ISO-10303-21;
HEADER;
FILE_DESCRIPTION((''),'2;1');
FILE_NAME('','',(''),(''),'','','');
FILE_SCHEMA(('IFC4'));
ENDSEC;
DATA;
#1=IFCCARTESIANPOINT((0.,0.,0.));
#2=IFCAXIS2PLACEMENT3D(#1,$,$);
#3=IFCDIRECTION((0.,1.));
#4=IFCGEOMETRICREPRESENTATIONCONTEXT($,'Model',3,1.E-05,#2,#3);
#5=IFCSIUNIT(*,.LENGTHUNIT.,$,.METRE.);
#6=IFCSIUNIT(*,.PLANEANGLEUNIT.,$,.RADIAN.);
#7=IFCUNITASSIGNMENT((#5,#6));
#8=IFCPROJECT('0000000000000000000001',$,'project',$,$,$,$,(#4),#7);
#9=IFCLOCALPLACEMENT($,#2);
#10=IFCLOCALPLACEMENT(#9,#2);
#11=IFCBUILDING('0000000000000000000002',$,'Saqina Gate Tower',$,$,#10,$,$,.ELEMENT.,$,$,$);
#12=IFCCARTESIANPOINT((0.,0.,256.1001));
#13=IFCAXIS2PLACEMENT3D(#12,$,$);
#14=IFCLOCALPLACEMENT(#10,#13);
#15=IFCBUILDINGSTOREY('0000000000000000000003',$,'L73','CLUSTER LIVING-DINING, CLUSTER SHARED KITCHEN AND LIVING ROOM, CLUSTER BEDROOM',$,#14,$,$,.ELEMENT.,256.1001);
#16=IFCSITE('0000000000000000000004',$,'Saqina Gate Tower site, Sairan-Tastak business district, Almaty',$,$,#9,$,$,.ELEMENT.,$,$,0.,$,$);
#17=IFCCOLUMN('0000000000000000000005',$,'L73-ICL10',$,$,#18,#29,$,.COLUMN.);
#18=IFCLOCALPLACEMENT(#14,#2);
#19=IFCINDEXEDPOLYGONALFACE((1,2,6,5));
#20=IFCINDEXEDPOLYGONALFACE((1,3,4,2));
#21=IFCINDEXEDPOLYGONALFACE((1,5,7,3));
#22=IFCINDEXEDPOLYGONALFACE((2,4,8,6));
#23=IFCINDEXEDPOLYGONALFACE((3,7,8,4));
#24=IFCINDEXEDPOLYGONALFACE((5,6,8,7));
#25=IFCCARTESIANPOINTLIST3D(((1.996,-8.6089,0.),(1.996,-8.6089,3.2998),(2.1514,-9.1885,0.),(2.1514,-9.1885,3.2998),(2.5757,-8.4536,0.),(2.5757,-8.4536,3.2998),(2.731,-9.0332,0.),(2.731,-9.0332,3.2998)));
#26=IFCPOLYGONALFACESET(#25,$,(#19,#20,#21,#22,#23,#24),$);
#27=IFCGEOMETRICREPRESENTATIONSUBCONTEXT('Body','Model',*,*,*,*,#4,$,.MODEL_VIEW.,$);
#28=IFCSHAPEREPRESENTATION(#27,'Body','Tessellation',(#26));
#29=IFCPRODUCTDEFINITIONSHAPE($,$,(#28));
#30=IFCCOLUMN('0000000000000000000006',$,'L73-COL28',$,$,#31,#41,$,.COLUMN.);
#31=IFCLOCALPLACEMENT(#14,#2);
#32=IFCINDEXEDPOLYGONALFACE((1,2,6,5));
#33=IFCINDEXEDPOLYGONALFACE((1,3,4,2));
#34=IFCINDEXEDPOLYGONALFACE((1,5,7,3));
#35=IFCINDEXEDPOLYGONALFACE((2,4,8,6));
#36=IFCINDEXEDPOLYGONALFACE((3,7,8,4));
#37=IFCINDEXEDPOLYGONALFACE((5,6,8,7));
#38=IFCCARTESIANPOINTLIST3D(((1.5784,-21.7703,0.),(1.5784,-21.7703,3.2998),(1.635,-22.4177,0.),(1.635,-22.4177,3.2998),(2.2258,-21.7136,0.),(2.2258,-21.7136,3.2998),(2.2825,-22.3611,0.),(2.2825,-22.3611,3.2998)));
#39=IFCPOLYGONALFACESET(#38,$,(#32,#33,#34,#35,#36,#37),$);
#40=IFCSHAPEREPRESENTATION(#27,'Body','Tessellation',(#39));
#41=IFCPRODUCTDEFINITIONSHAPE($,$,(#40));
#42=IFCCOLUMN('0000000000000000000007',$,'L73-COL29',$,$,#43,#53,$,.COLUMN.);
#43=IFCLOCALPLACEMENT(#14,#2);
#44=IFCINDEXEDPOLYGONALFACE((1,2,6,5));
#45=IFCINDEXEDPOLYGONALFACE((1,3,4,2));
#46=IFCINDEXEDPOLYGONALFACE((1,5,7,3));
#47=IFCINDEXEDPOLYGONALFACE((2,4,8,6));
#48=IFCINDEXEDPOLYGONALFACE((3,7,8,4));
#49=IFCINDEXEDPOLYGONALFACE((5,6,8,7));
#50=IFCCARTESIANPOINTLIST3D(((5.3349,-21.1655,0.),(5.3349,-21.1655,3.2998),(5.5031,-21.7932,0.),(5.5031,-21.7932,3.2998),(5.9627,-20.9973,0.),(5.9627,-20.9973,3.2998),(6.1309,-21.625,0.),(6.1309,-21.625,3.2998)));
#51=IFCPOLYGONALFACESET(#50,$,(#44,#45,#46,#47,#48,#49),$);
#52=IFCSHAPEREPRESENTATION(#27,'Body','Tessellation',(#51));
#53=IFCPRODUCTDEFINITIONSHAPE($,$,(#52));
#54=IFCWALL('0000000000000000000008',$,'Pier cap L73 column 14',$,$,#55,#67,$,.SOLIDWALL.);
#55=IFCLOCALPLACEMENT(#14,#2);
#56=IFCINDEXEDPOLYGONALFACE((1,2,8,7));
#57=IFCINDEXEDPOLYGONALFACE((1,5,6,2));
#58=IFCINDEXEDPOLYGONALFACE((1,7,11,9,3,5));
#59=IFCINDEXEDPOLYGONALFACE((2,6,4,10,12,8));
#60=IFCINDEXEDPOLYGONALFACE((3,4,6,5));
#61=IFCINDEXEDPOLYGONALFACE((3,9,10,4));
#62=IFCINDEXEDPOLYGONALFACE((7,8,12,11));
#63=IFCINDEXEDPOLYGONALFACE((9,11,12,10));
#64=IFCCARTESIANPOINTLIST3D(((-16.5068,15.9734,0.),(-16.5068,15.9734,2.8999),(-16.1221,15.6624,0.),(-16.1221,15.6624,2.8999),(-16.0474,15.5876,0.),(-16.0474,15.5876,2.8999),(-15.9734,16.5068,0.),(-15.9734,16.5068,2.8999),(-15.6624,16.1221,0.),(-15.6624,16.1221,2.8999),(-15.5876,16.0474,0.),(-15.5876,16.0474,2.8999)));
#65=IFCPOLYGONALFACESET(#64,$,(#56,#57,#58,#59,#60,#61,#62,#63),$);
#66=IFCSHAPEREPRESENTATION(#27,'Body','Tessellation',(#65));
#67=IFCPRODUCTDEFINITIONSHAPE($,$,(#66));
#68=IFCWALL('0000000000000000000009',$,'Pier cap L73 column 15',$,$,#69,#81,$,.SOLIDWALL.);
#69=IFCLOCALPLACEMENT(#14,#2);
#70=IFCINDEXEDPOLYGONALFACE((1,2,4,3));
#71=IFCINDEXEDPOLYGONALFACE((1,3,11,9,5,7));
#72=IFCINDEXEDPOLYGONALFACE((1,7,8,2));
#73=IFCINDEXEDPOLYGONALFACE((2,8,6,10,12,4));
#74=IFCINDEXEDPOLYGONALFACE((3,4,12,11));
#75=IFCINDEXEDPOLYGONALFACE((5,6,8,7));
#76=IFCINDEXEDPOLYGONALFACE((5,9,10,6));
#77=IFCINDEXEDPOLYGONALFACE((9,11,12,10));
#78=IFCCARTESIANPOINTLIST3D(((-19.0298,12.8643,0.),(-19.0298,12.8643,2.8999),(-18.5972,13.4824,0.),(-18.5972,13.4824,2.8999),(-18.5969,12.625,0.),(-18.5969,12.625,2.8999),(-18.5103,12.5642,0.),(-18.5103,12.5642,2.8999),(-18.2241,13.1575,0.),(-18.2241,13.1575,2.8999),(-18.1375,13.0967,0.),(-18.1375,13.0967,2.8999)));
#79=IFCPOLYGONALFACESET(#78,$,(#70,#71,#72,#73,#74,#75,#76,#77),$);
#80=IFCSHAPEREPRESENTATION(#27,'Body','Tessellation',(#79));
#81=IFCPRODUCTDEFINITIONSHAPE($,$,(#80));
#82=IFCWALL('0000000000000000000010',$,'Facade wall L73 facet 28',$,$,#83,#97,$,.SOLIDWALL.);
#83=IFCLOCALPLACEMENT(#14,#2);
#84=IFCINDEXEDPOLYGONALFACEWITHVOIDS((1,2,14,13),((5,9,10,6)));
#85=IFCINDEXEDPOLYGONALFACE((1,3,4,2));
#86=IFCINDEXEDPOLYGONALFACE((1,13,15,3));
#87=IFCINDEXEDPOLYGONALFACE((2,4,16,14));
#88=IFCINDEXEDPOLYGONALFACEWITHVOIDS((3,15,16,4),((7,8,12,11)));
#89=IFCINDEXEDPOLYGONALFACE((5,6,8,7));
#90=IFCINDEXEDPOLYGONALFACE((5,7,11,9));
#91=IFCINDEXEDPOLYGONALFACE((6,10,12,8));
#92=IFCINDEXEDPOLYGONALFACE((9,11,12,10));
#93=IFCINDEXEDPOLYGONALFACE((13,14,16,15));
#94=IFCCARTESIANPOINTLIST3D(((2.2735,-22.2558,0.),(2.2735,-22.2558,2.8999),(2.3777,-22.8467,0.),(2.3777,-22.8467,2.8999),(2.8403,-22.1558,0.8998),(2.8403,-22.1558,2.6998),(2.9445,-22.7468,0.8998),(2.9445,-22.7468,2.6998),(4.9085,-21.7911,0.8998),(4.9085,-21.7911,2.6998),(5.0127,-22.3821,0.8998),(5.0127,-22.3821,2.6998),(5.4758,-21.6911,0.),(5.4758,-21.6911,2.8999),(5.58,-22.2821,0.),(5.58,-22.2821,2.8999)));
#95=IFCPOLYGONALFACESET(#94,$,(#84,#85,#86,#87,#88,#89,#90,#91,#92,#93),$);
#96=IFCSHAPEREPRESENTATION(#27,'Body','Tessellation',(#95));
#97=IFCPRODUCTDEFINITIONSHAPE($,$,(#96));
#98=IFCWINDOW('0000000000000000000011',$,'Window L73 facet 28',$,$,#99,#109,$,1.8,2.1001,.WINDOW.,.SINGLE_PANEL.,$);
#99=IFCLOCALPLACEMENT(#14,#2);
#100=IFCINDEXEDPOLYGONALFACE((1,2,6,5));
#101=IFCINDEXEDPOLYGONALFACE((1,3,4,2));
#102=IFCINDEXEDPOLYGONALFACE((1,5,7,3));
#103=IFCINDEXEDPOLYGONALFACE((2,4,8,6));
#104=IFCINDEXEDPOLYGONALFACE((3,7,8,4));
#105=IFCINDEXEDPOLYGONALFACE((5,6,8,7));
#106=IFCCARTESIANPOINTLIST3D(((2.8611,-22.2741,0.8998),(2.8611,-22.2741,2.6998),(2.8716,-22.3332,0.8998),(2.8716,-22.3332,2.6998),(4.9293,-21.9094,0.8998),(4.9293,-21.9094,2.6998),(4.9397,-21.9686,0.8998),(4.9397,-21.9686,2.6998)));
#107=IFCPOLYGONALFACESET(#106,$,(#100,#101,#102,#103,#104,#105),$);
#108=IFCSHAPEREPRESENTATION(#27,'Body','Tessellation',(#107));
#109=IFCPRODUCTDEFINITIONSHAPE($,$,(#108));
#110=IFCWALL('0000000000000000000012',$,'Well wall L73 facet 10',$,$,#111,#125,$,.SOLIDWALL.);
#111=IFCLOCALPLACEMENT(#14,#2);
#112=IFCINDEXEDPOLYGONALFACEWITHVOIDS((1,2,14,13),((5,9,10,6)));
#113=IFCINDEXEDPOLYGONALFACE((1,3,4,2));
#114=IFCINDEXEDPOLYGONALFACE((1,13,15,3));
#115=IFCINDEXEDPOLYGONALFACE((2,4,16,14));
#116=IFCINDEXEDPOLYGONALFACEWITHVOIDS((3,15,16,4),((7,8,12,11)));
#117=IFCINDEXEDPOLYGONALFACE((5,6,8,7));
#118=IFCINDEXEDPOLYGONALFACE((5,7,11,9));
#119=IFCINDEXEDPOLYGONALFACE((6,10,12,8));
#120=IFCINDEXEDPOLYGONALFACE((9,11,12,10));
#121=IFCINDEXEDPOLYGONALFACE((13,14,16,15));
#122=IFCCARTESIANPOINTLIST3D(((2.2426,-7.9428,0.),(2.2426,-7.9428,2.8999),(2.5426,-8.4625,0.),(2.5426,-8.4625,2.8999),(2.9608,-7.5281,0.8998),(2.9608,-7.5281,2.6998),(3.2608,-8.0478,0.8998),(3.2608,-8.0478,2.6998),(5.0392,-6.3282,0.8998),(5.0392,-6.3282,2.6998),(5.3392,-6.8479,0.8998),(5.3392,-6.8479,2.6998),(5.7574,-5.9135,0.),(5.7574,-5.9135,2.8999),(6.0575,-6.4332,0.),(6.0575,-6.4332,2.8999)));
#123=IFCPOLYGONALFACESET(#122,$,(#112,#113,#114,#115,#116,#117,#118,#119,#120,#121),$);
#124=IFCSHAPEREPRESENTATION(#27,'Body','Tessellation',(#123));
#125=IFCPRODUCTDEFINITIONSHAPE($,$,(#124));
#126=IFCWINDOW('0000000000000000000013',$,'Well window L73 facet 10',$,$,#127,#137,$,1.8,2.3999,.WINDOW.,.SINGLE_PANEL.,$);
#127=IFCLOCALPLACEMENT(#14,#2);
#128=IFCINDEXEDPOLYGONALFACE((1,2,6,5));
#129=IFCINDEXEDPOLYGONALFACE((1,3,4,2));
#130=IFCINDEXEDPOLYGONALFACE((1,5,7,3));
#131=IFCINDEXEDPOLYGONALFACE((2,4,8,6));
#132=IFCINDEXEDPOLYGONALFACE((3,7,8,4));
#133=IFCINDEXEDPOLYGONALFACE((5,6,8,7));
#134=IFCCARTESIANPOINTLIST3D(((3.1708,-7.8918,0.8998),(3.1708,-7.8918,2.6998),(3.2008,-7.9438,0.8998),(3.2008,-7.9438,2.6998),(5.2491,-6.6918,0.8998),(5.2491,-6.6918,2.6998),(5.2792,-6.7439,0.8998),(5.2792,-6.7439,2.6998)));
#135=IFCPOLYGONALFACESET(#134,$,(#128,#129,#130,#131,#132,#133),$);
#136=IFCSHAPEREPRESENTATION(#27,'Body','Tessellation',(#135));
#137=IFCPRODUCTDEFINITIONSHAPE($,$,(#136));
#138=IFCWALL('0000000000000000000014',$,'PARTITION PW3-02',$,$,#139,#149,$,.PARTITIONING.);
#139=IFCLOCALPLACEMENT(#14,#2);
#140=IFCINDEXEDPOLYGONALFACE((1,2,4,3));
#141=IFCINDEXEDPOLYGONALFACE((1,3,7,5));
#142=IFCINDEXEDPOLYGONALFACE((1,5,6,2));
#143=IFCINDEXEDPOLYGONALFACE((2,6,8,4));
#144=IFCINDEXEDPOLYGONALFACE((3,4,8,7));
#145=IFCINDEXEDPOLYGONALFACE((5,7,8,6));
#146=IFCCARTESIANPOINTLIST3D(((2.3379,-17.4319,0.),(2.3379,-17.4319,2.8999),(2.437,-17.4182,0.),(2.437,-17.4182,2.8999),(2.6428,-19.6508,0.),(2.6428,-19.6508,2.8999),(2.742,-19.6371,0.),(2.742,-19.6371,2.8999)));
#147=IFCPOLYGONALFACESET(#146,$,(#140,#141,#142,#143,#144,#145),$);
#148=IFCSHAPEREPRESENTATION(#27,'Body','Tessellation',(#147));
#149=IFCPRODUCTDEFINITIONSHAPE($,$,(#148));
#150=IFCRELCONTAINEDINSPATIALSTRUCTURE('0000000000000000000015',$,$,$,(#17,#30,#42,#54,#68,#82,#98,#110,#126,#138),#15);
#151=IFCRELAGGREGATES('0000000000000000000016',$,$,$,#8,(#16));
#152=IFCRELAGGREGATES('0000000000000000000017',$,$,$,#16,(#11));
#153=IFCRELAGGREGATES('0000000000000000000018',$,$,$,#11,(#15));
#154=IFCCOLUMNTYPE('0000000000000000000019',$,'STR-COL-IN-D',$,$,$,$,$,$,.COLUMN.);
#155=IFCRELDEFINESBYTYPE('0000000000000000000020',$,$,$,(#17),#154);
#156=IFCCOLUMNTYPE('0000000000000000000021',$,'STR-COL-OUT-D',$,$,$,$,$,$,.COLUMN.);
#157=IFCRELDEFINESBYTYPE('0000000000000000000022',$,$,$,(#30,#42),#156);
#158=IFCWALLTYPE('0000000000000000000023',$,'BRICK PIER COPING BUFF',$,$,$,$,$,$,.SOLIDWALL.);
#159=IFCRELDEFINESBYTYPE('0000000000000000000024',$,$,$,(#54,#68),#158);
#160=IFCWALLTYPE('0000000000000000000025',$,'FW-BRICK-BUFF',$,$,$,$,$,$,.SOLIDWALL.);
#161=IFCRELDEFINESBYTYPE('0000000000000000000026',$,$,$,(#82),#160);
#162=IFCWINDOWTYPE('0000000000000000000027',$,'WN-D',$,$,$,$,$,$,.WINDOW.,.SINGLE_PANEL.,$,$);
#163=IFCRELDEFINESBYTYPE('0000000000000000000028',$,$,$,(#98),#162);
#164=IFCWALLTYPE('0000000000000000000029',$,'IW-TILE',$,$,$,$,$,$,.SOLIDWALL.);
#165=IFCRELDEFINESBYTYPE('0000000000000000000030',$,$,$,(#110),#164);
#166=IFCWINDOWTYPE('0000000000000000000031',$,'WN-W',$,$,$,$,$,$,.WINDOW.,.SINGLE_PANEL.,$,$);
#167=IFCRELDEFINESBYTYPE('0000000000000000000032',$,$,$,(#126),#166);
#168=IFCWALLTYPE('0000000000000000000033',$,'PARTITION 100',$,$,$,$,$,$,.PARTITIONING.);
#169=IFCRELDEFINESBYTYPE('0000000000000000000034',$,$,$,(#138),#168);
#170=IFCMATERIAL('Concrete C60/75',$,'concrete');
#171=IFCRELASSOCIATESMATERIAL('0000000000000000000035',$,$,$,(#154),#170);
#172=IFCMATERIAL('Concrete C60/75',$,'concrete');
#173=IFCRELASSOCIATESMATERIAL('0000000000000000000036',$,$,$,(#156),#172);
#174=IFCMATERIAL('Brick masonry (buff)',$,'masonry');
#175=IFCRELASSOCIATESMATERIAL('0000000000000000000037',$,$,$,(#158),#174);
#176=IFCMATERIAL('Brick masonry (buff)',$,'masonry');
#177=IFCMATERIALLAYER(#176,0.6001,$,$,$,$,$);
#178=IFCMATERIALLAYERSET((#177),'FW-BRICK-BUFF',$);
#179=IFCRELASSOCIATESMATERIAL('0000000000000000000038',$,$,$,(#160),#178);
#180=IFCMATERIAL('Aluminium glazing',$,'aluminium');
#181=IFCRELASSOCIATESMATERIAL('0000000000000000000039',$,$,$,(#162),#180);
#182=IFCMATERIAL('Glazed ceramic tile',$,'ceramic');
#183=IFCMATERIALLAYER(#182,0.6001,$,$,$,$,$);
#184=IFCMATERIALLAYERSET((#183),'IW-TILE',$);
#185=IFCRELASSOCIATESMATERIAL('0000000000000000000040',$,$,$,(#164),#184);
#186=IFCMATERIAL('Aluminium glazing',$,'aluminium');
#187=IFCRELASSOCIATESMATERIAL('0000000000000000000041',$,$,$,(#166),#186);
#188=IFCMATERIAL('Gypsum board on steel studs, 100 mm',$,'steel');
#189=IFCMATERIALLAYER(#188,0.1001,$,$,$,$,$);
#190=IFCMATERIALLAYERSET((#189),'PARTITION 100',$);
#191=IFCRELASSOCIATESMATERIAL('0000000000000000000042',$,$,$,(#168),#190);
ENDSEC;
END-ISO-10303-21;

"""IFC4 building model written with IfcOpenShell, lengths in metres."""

from ifc_helpers import new_model, si_unit, direction, frame, frame_2d, origin, origin_2d, place, context, subcontext, project, spatial, polyline, rectangle, outline, extrude, material, layer, layer_set, material_profile, profile_set, type_object, element, fill, save


model = new_model("IFC4")

# Units and contexts
model_context = context("Model", 3, precision=1e-05, world=origin(), true_north=direction((0.0, 1.0)))
body_context = subcontext(model_context, "Body", "Model", "MODEL_VIEW")
ifc_project = project(units=[si_unit("LENGTHUNIT", "METRE"), si_unit("PLANEANGLEUNIT", "RADIAN")], contexts=[model_context])

# Site, building, storey
site_placement = place(None, origin())
site = spatial("IfcSite", under=ifc_project, at=site_placement, Name="Saqina Gate Tower site, Sairan-Tastak business district, Almaty", CompositionType="ELEMENT", RefElevation=0.0)
building_placement = place(site_placement, origin())
building = spatial("IfcBuilding", under=site, at=building_placement, Name="Saqina Gate Tower", CompositionType="ELEMENT")
storey_placement = place(building_placement, frame((0.0, 0.0, 256.1001)))
storey = spatial("IfcBuildingStorey", under=building, at=storey_placement, Name="L73", Description="CLUSTER LIVING-DINING, CLUSTER SHARED KITCHEN AND LIVING ROOM, CLUSTER BEDROOM", CompositionType="ELEMENT", Elevation=256.1001)

# Columns
ifc_material_1 = material(Name="Concrete C60/75", Category="concrete")
ifc_material_profile_1 = material_profile(ifc_material_1, rectangle(XDim=0.6001, YDim=0.6001, at=origin_2d()), Name="RC 600x600")
ifc_profile_set_1 = profile_set([ifc_material_profile_1], Name="Concrete C60/75")
column_type_1 = type_object("IfcColumnType", Name="STR-COL-IN-D", PredefinedType="COLUMN", material=ifc_profile_set_1)
column_placement = place(storey_placement, frame((2.3635, -8.821, 0.0), z_axis=(0.0, 0.0, 1.0), x_axis=(0.258819, -0.965926, 0.0)))
element("IfcColumn", 1, at=column_placement, inside=storey, type_object=column_type_1, Name="L73-ICL10", PredefinedType="COLUMN", context=body_context, shape_type="SweptSolid", body=[
    extrude(rectangle(XDim=0.6001, YDim=0.6001, at=origin_2d()), origin(), (0.0, 0.0, 1.0), 3.2998),
])
ifc_material_2 = material(Name="Concrete C60/75", Category="concrete")
ifc_material_profile_2 = material_profile(ifc_material_2, rectangle(XDim=0.6499, YDim=0.6499, at=origin_2d()), Name="RC 650x650")
ifc_profile_set_2 = profile_set([ifc_material_profile_2], Name="Concrete C60/75")
column_type_2 = type_object("IfcColumnType", Name="STR-COL-OUT-D", PredefinedType="COLUMN", material=ifc_profile_set_2)
for number, where, z_axis, x_axis, name in (
    (2, (1.9304, -22.0657, 0.0), (0.0, 0.0, 1.0), (0.087156, -0.996195, 0.0), "L73-COL28"),
    (3, (5.7329, -21.3953, 0.0), (0.0, 0.0, 1.0), (0.258819, -0.965926, 0.0), "L73-COL29"),
):
    element("IfcColumn", number, at=place(storey_placement, frame(where, z_axis=z_axis, x_axis=x_axis)), inside=storey, type_object=column_type_2, Name=name, PredefinedType="COLUMN", context=body_context, shape_type="SweptSolid", body=[
        extrude(rectangle(XDim=0.6499, YDim=0.6499, at=origin_2d()), origin(), (0.0, 0.0, 1.0), 3.2998),
    ])

# Walls
ifc_material_3 = material(Name="Brick masonry (buff)", Category="masonry")
wall_type_1 = type_object("IfcWallType", Name="BRICK PIER COPING BUFF", PredefinedType="SOLIDWALL", material=ifc_material_3)
wall_1_placement = place(storey_placement, origin())
element("IfcWall", 4, at=wall_1_placement, inside=storey, type_object=wall_type_1, Name="Pier cap L73 column 14", PredefinedType="SOLIDWALL", context=body_context, shape_type="SweptSolid", body=[
    extrude(outline(polyline([(-16.5068, 15.9734), (-16.0474, 15.5876), (-16.1221, 15.6624), (-15.6624, 16.1221), (-15.5876, 16.0474), (-15.9734, 16.5068), (-16.5068, 15.9734)])), origin(), (0.0, 0.0, 1.0), 2.8999),
])
wall_2_placement = place(storey_placement, origin())
element("IfcWall", 5, at=wall_2_placement, inside=storey, type_object=wall_type_1, Name="Pier cap L73 column 15", PredefinedType="SOLIDWALL", context=body_context, shape_type="SweptSolid", body=[
    extrude(outline(polyline([(-19.0298, 12.8643), (-18.5103, 12.5642), (-18.5969, 12.625), (-18.2241, 13.1575), (-18.1375, 13.0967), (-18.5972, 13.4824), (-19.0298, 12.8643)])), origin(), (0.0, 0.0, 1.0), 2.8999),
])

# Walls, openings, windows
ifc_material_4 = material(Name="Brick masonry (buff)", Category="masonry")
ifc_layer_1 = layer(ifc_material_4, 0.6001)
ifc_layer_set_1 = layer_set([ifc_layer_1], Name="FW-BRICK-BUFF")
wall_type_2 = type_object("IfcWallType", Name="FW-BRICK-BUFF", PredefinedType="SOLIDWALL", material=ifc_layer_set_1)
wall_3_placement = place(storey_placement, frame((2.3254, -22.5513, 0.0), z_axis=(0.0, 0.0, 1.0), x_axis=(0.984806, 0.173657, 0.0)))
wall_3 = element("IfcWall", 6, at=wall_3_placement, inside=storey, type_object=wall_type_2, Name="Facade wall L73 facet 28", PredefinedType="SOLIDWALL", context=body_context, shape_type="SweptSolid", body=[
    extrude(rectangle(XDim=3.2517, YDim=0.6001, at=frame_2d((1.626, 0.0))), origin(), (0.0, 0.0, 1.0), 2.8999),
])
opening_1_placement = place(wall_3_placement, frame((0.5757, 0.0, 0.8999)))
opening_1 = element("IfcOpeningElement", 7, at=opening_1_placement, cuts=wall_3, PredefinedType="OPENING", context=body_context, shape_type="SweptSolid", body=[
    extrude(rectangle(XDim=2.1001, YDim=1.8, at=frame_2d((1.05, 0.8999))), frame((0.0, 0.312, 0.0), z_axis=(0.0, -1.0, 0.0), x_axis=(1.0, 0.0, 0.0)), (0.0, 0.0, 1.0), 0.624),
])
ifc_material_5 = material(Name="Aluminium glazing", Category="aluminium")
window_type_1 = type_object("IfcWindowType", Name="WN-D", PartitioningType="SINGLE_PANEL", PredefinedType="WINDOW", material=ifc_material_5)
window_1_placement = place(opening_1_placement, origin())
window_1 = element("IfcWindow", 8, at=window_1_placement, inside=storey, type_object=window_type_1, Name="Window L73 facet 28", OverallHeight=1.8, OverallWidth=2.1001, PartitioningType="SINGLE_PANEL", PredefinedType="WINDOW", context=body_context, shape_type="SweptSolid", body=[
    extrude(rectangle(XDim=2.1001, YDim=1.8, at=frame_2d((1.05, 0.8999))), frame((0.0, 0.1799, 0.0), z_axis=(0.0, -1.0, 0.0), x_axis=(1.0, 0.0, 0.0)), (0.0, 0.0, 1.0), 0.0601),
])
fill(opening_1, window_1)
ifc_material_6 = material(Name="Glazed ceramic tile", Category="ceramic")
ifc_layer_2 = layer(ifc_material_6, 0.6001)
ifc_layer_set_2 = layer_set([ifc_layer_2], Name="IW-TILE")
wall_type_3 = type_object("IfcWallType", Name="IW-TILE", PredefinedType="SOLIDWALL", material=ifc_layer_set_2)
wall_4_placement = place(storey_placement, frame((2.3926, -8.2026, 0.0), z_axis=(0.0, 0.0, 1.0), x_axis=(0.866028, 0.499995, 0.0)))
wall_4 = element("IfcWall", 9, at=wall_4_placement, inside=storey, type_object=wall_type_3, Name="Well wall L73 facet 10", PredefinedType="SOLIDWALL", context=body_context, shape_type="SweptSolid", body=[
    extrude(rectangle(XDim=4.0586, YDim=0.6001, at=frame_2d((2.0293, 0.0))), origin(), (0.0, 0.0, 1.0), 2.8999),
])
opening_2_placement = place(wall_4_placement, frame((0.8293, 0.0, 0.8999)))
opening_2 = element("IfcOpeningElement", 10, at=opening_2_placement, cuts=wall_4, PredefinedType="OPENING", context=body_context, shape_type="SweptSolid", body=[
    extrude(rectangle(XDim=2.3999, YDim=1.8, at=frame_2d((1.2, 0.8999))), frame((0.0, 0.312, 0.0), z_axis=(0.0, -1.0, 0.0), x_axis=(1.0, 0.0, 0.0)), (0.0, 0.0, 1.0), 0.624),
])
ifc_material_7 = material(Name="Aluminium glazing", Category="aluminium")
window_type_2 = type_object("IfcWindowType", Name="WN-W", PartitioningType="SINGLE_PANEL", PredefinedType="WINDOW", material=ifc_material_7)
window_2_placement = place(opening_2_placement, origin())
window_2 = element("IfcWindow", 11, at=window_2_placement, inside=storey, type_object=window_type_2, Name="Well window L73 facet 10", OverallHeight=1.8, OverallWidth=2.3999, PartitioningType="SINGLE_PANEL", PredefinedType="WINDOW", context=body_context, shape_type="SweptSolid", body=[
    extrude(rectangle(XDim=2.3999, YDim=1.8, at=frame_2d((1.2, 0.8999))), frame((0.0, -0.1199, 0.0), z_axis=(0.0, -1.0, 0.0), x_axis=(1.0, 0.0, 0.0)), (0.0, 0.0, 1.0), 0.0601),
])
fill(opening_2, window_2)

# Wall
ifc_material_8 = material(Name="Gypsum board on steel studs, 100 mm", Category="steel")
ifc_layer_3 = layer(ifc_material_8, 0.1001)
ifc_layer_set_3 = layer_set([ifc_layer_3], Name="PARTITION 100")
wall_type_4 = type_object("IfcWallType", Name="PARTITION 100", PredefinedType="PARTITIONING", material=ifc_layer_set_3)
wall_5_placement = place(storey_placement, frame((2.3875, -17.425, 0.0), z_axis=(0.0, 0.0, 1.0), x_axis=(0.136139, -0.99069, 0.0)))
element("IfcWall", 12, at=wall_5_placement, inside=storey, type_object=wall_type_4, Name="PARTITION PW3-02", PredefinedType="PARTITIONING", context=body_context, shape_type="SweptSolid", body=[
    extrude(rectangle(XDim=2.2397, YDim=0.1001, at=frame_2d((1.1199, 0.0))), origin(), (0.0, 0.0, 1.0), 2.8999),
])

save(model, "model.ifc")
